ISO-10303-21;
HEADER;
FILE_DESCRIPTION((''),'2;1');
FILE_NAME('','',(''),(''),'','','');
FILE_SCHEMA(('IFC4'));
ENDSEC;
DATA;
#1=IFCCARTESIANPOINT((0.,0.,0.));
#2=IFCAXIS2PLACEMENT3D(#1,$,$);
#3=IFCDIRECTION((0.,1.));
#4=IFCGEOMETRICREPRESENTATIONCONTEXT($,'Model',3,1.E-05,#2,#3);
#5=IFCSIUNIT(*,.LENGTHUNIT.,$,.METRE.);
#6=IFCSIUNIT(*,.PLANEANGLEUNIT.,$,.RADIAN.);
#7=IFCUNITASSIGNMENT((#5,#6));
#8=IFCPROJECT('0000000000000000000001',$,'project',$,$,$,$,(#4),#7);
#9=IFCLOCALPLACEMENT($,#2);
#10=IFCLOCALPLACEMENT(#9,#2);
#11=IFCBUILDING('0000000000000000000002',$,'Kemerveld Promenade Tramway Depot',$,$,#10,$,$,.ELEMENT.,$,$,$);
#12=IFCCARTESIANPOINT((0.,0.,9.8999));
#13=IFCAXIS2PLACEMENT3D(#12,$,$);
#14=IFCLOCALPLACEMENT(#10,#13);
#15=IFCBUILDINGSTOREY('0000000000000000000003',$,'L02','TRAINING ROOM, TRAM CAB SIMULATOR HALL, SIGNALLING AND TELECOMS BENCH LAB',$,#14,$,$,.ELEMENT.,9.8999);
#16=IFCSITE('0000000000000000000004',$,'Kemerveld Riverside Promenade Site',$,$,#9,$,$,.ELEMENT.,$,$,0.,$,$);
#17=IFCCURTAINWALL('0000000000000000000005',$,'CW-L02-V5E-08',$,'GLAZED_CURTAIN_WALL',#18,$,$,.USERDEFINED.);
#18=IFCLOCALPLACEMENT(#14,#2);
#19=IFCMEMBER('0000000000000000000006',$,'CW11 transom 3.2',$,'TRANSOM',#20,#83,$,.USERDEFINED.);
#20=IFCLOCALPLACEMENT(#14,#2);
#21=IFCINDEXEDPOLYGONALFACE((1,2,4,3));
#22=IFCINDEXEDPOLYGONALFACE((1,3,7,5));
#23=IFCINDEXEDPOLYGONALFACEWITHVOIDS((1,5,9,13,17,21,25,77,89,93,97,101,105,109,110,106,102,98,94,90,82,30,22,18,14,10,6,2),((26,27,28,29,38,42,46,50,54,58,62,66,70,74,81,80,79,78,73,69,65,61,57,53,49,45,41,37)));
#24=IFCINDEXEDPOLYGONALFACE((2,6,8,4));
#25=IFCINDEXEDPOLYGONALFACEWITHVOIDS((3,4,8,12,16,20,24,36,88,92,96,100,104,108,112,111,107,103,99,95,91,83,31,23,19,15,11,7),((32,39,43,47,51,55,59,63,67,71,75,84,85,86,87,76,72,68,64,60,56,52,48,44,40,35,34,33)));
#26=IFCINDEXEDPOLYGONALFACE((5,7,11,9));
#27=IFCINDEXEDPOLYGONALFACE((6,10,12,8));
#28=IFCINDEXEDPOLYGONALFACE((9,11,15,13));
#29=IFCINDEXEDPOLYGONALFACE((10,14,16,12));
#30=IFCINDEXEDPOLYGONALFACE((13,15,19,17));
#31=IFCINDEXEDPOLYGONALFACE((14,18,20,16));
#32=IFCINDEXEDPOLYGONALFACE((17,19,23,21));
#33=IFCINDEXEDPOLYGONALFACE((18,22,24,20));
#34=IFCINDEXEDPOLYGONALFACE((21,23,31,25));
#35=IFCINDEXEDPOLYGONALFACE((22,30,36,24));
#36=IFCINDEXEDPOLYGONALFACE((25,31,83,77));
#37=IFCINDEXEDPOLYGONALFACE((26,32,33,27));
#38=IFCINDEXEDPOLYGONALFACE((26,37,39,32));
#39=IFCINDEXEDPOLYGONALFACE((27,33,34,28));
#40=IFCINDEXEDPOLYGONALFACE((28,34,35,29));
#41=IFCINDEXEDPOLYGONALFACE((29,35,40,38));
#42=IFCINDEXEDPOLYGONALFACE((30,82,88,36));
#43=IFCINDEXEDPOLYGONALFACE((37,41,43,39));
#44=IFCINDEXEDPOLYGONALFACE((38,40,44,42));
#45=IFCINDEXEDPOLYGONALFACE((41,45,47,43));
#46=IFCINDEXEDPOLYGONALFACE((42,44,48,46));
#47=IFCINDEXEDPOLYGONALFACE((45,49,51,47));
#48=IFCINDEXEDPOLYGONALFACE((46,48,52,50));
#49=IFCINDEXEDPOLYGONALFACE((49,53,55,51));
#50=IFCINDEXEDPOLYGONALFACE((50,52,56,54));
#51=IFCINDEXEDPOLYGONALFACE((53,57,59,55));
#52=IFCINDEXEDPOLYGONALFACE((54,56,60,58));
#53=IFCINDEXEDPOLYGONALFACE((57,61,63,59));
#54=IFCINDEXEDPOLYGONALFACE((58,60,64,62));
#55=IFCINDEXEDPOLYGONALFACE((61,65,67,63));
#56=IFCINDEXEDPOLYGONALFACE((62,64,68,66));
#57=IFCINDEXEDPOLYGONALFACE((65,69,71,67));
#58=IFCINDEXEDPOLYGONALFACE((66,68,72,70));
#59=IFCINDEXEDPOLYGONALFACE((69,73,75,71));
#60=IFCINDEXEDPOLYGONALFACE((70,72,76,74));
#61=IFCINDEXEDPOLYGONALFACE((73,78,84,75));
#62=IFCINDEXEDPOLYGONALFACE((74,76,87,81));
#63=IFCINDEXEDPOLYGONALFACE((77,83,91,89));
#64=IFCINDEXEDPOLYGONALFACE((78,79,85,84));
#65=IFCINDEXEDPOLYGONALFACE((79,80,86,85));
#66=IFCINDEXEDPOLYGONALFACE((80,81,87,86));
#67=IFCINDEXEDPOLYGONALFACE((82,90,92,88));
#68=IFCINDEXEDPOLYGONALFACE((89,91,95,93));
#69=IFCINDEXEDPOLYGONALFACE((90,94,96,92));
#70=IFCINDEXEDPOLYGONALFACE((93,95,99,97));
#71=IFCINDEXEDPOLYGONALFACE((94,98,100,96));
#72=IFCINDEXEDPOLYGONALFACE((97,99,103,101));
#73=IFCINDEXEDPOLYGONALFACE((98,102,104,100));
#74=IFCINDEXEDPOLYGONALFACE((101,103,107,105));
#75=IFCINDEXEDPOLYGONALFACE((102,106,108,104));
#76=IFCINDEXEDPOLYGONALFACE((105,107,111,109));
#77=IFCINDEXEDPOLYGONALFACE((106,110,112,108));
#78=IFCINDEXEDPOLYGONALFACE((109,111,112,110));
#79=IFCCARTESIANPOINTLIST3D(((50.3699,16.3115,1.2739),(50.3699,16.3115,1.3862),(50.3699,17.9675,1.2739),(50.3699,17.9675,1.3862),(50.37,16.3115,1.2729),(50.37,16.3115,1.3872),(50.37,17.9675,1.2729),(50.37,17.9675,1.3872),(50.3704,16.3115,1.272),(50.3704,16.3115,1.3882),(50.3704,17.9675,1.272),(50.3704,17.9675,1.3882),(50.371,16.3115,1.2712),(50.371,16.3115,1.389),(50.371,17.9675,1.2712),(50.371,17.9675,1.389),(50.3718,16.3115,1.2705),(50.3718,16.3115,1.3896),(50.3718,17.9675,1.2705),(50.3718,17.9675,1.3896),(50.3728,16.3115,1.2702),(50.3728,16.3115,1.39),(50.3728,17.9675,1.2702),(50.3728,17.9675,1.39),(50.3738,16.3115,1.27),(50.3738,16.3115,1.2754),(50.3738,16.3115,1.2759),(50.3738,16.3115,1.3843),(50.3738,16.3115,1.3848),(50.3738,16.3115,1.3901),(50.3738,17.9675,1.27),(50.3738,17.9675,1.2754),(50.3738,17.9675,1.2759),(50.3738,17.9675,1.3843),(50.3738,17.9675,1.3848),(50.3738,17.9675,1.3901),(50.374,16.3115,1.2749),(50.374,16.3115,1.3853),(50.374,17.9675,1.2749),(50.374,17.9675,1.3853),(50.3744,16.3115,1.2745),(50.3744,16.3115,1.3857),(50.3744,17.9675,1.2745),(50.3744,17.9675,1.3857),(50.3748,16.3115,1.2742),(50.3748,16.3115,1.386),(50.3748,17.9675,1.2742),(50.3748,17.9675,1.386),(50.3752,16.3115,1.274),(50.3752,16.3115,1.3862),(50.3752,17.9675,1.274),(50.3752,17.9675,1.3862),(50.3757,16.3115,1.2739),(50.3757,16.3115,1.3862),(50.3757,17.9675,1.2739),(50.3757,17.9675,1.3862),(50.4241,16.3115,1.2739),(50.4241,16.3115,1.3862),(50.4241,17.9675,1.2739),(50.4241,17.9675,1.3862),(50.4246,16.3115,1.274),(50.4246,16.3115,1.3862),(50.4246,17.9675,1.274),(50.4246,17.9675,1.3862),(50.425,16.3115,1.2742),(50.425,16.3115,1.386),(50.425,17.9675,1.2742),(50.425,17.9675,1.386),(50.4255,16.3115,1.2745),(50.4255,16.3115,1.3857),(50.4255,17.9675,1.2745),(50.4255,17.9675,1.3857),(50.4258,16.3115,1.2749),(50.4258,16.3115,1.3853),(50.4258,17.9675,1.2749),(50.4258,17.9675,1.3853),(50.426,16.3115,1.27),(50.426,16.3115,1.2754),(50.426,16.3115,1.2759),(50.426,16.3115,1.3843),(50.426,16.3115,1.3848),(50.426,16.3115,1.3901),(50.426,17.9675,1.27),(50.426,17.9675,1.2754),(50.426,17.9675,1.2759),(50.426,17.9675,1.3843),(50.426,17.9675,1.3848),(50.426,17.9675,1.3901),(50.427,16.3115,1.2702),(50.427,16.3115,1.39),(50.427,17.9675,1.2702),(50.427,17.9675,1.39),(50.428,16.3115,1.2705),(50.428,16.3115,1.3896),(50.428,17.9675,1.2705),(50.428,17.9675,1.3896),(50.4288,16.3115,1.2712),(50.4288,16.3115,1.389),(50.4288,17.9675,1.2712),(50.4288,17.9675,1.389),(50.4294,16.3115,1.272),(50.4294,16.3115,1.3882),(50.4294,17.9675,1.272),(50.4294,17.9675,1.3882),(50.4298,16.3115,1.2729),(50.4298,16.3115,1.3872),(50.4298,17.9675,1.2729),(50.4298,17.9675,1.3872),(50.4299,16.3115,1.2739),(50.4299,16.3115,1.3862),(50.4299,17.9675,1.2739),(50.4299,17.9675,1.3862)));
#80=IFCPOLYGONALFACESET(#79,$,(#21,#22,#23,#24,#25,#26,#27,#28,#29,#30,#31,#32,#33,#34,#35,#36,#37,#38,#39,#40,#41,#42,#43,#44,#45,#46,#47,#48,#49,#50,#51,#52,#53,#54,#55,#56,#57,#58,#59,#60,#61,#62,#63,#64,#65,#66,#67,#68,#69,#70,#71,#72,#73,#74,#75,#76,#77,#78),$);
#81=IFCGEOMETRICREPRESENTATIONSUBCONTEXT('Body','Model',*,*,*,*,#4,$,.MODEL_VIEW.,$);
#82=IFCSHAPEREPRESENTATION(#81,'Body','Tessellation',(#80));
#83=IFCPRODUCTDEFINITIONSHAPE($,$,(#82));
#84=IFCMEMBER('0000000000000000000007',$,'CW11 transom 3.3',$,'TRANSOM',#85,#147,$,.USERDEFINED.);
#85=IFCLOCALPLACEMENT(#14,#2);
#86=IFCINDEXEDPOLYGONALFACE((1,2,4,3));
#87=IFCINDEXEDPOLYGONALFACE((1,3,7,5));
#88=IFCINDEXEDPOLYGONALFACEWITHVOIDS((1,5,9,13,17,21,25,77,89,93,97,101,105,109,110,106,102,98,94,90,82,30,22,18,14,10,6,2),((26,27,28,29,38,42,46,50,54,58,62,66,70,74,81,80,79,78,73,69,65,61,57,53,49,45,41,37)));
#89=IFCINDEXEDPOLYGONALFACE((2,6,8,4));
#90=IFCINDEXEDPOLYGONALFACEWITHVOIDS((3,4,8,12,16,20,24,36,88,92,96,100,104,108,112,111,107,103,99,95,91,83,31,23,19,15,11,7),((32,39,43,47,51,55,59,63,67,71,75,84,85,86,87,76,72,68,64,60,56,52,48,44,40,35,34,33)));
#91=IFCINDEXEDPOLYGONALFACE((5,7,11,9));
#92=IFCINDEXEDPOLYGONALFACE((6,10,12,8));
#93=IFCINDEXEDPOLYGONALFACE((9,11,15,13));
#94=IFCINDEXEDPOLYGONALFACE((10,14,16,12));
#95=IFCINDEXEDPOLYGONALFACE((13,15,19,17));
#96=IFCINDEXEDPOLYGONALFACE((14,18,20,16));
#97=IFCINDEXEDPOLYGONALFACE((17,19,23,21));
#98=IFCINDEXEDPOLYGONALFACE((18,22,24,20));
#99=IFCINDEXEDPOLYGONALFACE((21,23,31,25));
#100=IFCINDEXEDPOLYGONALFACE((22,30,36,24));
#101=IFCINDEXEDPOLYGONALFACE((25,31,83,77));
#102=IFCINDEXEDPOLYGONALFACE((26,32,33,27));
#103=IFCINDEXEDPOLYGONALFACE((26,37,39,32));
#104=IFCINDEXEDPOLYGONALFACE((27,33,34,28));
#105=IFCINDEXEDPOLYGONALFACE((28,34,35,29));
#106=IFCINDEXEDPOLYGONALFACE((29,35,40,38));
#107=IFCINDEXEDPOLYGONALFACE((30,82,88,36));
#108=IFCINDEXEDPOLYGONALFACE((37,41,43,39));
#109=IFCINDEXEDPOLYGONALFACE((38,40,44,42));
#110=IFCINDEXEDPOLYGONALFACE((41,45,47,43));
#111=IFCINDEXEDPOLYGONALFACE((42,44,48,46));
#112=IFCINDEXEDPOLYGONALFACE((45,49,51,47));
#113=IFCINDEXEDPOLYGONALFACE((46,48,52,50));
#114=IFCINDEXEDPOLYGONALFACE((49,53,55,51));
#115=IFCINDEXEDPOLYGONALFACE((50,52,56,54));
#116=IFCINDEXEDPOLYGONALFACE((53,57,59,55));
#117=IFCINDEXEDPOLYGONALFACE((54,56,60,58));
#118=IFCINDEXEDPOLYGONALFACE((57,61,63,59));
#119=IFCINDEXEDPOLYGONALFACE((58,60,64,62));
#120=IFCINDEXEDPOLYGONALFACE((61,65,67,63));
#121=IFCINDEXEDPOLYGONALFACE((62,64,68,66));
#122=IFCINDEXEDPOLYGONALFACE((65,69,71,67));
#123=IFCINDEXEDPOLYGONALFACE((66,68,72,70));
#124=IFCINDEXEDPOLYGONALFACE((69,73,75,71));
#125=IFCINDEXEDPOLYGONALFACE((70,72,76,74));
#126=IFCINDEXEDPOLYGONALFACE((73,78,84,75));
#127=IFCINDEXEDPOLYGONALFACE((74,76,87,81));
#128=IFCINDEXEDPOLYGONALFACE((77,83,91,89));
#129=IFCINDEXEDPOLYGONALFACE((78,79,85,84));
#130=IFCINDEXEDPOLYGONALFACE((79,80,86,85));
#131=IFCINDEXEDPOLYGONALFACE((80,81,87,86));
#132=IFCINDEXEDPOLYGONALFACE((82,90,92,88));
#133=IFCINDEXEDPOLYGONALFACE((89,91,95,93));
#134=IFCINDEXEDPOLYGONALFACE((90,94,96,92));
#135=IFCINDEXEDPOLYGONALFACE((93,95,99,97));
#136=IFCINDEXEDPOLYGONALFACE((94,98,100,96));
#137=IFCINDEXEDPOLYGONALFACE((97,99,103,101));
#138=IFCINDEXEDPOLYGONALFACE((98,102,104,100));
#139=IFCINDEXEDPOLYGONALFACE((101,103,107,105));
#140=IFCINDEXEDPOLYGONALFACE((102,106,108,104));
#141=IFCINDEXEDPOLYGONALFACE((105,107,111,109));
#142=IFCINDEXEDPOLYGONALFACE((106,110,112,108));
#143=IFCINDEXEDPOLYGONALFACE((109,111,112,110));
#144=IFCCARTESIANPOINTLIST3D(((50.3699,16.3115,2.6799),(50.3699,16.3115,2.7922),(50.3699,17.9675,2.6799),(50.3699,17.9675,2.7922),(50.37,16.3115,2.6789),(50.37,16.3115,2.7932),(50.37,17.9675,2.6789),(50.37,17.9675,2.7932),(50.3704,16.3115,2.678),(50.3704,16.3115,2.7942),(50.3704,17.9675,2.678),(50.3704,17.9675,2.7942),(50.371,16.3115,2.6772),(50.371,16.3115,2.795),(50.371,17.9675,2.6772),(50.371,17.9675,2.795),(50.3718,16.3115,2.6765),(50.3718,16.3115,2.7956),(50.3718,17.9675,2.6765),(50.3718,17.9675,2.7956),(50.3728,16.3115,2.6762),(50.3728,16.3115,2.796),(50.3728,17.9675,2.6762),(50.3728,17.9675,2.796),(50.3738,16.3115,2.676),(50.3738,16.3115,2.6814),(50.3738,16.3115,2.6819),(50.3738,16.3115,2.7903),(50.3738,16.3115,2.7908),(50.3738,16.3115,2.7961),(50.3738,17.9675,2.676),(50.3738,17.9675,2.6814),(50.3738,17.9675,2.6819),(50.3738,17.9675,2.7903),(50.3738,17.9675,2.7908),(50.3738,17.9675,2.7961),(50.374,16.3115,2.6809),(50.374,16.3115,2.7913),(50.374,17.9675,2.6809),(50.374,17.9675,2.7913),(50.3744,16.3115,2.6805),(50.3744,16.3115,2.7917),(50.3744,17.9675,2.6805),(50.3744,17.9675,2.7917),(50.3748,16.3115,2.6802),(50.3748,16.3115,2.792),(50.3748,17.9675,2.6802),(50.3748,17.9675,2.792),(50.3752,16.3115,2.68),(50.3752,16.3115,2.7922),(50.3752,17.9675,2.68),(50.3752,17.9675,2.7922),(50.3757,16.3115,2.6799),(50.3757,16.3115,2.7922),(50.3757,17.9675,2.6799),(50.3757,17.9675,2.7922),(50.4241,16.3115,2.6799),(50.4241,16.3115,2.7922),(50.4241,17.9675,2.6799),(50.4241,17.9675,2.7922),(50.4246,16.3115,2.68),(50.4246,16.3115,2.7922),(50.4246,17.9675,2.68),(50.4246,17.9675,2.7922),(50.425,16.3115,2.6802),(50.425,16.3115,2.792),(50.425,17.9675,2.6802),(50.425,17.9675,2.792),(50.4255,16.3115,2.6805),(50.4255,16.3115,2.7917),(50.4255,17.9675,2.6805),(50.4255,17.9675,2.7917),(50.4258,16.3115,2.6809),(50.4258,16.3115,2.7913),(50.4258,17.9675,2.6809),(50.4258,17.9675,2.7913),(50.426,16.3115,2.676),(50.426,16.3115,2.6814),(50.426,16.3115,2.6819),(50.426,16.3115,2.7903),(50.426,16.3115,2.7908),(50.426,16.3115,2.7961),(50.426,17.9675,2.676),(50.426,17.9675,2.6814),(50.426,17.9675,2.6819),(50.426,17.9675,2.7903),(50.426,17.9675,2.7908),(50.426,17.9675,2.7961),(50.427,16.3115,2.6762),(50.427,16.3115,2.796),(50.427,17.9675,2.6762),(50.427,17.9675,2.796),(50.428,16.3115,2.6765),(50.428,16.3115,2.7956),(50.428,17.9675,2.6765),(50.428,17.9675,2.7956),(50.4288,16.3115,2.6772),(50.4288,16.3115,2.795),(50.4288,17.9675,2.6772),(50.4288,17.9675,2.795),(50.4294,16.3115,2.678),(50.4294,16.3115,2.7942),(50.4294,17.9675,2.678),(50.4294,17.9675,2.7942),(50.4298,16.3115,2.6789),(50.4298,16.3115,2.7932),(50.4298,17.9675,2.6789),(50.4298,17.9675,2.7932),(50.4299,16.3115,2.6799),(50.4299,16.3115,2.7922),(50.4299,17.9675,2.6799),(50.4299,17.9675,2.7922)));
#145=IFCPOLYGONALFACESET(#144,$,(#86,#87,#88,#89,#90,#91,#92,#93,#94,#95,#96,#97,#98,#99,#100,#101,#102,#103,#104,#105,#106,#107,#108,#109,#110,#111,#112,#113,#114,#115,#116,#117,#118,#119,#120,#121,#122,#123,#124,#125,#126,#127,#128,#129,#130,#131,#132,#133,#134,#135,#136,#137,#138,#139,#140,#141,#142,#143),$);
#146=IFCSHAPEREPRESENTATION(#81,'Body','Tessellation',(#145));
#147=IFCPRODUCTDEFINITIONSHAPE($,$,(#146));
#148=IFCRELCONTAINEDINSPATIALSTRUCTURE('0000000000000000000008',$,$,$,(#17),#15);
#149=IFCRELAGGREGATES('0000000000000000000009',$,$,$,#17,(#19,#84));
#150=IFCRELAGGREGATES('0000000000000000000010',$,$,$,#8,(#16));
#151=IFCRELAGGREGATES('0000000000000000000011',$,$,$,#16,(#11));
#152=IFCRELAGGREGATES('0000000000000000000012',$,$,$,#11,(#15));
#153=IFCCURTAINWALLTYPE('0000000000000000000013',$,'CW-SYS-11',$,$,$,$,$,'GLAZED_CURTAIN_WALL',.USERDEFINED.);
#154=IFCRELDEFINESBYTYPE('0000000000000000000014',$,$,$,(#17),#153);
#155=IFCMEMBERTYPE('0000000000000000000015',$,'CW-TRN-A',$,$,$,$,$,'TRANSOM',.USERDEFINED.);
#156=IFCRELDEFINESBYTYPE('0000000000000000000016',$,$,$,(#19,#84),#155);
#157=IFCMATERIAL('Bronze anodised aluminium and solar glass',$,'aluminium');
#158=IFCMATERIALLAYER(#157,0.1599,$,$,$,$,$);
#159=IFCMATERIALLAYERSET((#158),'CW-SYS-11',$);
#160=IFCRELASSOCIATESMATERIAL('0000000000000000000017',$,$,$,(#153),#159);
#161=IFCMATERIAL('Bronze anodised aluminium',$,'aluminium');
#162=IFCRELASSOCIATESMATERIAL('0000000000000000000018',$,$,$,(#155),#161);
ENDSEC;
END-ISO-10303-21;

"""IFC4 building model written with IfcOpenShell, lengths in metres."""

from ifc_helpers import new_model, si_unit, direction, frame, origin, origin_2d, place, context, subcontext, project, spatial, hollow_rectangle, extrude, material, layer, layer_set, material_profile, profile_set, type_object, element, aggregate, save


model = new_model("IFC4")

# Units and contexts
model_context = context("Model", 3, precision=1e-05, world=origin(), true_north=direction((0.0, 1.0)))
body_context = subcontext(model_context, "Body", "Model", "MODEL_VIEW")
ifc_project = project(units=[si_unit("LENGTHUNIT", "METRE"), si_unit("PLANEANGLEUNIT", "RADIAN")], contexts=[model_context])

# Site, building, storey
site_placement = place(None, origin())
site = spatial("IfcSite", under=ifc_project, at=site_placement, Name="Kemerveld Riverside Promenade Site", CompositionType="ELEMENT", RefElevation=0.0)
building_placement = place(site_placement, origin())
building = spatial("IfcBuilding", under=site, at=building_placement, Name="Kemerveld Promenade Tramway Depot", CompositionType="ELEMENT")
storey_placement = place(building_placement, frame((0.0, 0.0, 9.8999)))
storey = spatial("IfcBuildingStorey", under=building, at=storey_placement, Name="L02", Description="TRAINING ROOM, TRAM CAB SIMULATOR HALL, SIGNALLING AND TELECOMS BENCH LAB", CompositionType="ELEMENT", Elevation=9.8999)

# Curtain wall, members
ifc_material_1 = material(Name="Bronze anodised aluminium and solar glass", Category="aluminium")
ifc_layer_1 = layer(ifc_material_1, 0.1599)
ifc_layer_set_1 = layer_set([ifc_layer_1], Name="CW-SYS-11")
curtain_wall_type = type_object("IfcCurtainWallType", Name="CW-SYS-11", ElementType="GLAZED_CURTAIN_WALL", PredefinedType="USERDEFINED", material=ifc_layer_set_1)
curtain_wall_placement = place(storey_placement, origin())
curtain_wall = element("IfcCurtainWall", 1, at=curtain_wall_placement, inside=storey, type_object=curtain_wall_type, Name="CW-L02-V5E-08", ObjectType="GLAZED_CURTAIN_WALL", PredefinedType="USERDEFINED")
ifc_material_2 = material(Name="Bronze anodised aluminium", Category="aluminium")
ifc_material_profile_1 = material_profile(ifc_material_2, hollow_rectangle(XDim=0.0601, YDim=0.1201, WallThickness=0.0039, InnerFilletRadius=0.002, OuterFilletRadius=0.0039, at=origin_2d()), Name="CW-TRN-120x60")
ifc_profile_set_1 = profile_set([ifc_material_profile_1], Name="Bronze anodised aluminium")
member_type_1 = type_object("IfcMemberType", Name="CW-TRN-A", ElementType="TRANSOM", PredefinedType="USERDEFINED", material=ifc_profile_set_1)
member_1_placement = place(storey_placement, frame((50.3999, 17.9675, 1.3301), z_axis=(0.0, -1.0, 0.0), x_axis=(1.0, 0.0, 0.0)))
member_1 = element("IfcMember", 2, at=member_1_placement, type_object=member_type_1, Name="CW11 transom 3.2", ObjectType="TRANSOM", PredefinedType="USERDEFINED", context=body_context, shape_type="SweptSolid", body=[
    extrude(hollow_rectangle(XDim=0.0601, YDim=0.1201, WallThickness=0.0039, InnerFilletRadius=0.002, OuterFilletRadius=0.0039, at=origin_2d()), origin(), (0.0, 0.0, 1.0), 1.656),
])
member_2_placement = place(storey_placement, frame((50.3999, 17.9675, 2.7361), z_axis=(0.0, -1.0, 0.0), x_axis=(1.0, 0.0, 0.0)))
member_2 = element("IfcMember", 3, at=member_2_placement, type_object=member_type_1, Name="CW11 transom 3.3", ObjectType="TRANSOM", PredefinedType="USERDEFINED", context=body_context, shape_type="SweptSolid", body=[
    extrude(hollow_rectangle(XDim=0.0601, YDim=0.1201, WallThickness=0.0039, InnerFilletRadius=0.002, OuterFilletRadius=0.0039, at=origin_2d()), origin(), (0.0, 0.0, 1.0), 1.656),
])
aggregate(curtain_wall, [member_1, member_2])

save(model, "model.ifc")
